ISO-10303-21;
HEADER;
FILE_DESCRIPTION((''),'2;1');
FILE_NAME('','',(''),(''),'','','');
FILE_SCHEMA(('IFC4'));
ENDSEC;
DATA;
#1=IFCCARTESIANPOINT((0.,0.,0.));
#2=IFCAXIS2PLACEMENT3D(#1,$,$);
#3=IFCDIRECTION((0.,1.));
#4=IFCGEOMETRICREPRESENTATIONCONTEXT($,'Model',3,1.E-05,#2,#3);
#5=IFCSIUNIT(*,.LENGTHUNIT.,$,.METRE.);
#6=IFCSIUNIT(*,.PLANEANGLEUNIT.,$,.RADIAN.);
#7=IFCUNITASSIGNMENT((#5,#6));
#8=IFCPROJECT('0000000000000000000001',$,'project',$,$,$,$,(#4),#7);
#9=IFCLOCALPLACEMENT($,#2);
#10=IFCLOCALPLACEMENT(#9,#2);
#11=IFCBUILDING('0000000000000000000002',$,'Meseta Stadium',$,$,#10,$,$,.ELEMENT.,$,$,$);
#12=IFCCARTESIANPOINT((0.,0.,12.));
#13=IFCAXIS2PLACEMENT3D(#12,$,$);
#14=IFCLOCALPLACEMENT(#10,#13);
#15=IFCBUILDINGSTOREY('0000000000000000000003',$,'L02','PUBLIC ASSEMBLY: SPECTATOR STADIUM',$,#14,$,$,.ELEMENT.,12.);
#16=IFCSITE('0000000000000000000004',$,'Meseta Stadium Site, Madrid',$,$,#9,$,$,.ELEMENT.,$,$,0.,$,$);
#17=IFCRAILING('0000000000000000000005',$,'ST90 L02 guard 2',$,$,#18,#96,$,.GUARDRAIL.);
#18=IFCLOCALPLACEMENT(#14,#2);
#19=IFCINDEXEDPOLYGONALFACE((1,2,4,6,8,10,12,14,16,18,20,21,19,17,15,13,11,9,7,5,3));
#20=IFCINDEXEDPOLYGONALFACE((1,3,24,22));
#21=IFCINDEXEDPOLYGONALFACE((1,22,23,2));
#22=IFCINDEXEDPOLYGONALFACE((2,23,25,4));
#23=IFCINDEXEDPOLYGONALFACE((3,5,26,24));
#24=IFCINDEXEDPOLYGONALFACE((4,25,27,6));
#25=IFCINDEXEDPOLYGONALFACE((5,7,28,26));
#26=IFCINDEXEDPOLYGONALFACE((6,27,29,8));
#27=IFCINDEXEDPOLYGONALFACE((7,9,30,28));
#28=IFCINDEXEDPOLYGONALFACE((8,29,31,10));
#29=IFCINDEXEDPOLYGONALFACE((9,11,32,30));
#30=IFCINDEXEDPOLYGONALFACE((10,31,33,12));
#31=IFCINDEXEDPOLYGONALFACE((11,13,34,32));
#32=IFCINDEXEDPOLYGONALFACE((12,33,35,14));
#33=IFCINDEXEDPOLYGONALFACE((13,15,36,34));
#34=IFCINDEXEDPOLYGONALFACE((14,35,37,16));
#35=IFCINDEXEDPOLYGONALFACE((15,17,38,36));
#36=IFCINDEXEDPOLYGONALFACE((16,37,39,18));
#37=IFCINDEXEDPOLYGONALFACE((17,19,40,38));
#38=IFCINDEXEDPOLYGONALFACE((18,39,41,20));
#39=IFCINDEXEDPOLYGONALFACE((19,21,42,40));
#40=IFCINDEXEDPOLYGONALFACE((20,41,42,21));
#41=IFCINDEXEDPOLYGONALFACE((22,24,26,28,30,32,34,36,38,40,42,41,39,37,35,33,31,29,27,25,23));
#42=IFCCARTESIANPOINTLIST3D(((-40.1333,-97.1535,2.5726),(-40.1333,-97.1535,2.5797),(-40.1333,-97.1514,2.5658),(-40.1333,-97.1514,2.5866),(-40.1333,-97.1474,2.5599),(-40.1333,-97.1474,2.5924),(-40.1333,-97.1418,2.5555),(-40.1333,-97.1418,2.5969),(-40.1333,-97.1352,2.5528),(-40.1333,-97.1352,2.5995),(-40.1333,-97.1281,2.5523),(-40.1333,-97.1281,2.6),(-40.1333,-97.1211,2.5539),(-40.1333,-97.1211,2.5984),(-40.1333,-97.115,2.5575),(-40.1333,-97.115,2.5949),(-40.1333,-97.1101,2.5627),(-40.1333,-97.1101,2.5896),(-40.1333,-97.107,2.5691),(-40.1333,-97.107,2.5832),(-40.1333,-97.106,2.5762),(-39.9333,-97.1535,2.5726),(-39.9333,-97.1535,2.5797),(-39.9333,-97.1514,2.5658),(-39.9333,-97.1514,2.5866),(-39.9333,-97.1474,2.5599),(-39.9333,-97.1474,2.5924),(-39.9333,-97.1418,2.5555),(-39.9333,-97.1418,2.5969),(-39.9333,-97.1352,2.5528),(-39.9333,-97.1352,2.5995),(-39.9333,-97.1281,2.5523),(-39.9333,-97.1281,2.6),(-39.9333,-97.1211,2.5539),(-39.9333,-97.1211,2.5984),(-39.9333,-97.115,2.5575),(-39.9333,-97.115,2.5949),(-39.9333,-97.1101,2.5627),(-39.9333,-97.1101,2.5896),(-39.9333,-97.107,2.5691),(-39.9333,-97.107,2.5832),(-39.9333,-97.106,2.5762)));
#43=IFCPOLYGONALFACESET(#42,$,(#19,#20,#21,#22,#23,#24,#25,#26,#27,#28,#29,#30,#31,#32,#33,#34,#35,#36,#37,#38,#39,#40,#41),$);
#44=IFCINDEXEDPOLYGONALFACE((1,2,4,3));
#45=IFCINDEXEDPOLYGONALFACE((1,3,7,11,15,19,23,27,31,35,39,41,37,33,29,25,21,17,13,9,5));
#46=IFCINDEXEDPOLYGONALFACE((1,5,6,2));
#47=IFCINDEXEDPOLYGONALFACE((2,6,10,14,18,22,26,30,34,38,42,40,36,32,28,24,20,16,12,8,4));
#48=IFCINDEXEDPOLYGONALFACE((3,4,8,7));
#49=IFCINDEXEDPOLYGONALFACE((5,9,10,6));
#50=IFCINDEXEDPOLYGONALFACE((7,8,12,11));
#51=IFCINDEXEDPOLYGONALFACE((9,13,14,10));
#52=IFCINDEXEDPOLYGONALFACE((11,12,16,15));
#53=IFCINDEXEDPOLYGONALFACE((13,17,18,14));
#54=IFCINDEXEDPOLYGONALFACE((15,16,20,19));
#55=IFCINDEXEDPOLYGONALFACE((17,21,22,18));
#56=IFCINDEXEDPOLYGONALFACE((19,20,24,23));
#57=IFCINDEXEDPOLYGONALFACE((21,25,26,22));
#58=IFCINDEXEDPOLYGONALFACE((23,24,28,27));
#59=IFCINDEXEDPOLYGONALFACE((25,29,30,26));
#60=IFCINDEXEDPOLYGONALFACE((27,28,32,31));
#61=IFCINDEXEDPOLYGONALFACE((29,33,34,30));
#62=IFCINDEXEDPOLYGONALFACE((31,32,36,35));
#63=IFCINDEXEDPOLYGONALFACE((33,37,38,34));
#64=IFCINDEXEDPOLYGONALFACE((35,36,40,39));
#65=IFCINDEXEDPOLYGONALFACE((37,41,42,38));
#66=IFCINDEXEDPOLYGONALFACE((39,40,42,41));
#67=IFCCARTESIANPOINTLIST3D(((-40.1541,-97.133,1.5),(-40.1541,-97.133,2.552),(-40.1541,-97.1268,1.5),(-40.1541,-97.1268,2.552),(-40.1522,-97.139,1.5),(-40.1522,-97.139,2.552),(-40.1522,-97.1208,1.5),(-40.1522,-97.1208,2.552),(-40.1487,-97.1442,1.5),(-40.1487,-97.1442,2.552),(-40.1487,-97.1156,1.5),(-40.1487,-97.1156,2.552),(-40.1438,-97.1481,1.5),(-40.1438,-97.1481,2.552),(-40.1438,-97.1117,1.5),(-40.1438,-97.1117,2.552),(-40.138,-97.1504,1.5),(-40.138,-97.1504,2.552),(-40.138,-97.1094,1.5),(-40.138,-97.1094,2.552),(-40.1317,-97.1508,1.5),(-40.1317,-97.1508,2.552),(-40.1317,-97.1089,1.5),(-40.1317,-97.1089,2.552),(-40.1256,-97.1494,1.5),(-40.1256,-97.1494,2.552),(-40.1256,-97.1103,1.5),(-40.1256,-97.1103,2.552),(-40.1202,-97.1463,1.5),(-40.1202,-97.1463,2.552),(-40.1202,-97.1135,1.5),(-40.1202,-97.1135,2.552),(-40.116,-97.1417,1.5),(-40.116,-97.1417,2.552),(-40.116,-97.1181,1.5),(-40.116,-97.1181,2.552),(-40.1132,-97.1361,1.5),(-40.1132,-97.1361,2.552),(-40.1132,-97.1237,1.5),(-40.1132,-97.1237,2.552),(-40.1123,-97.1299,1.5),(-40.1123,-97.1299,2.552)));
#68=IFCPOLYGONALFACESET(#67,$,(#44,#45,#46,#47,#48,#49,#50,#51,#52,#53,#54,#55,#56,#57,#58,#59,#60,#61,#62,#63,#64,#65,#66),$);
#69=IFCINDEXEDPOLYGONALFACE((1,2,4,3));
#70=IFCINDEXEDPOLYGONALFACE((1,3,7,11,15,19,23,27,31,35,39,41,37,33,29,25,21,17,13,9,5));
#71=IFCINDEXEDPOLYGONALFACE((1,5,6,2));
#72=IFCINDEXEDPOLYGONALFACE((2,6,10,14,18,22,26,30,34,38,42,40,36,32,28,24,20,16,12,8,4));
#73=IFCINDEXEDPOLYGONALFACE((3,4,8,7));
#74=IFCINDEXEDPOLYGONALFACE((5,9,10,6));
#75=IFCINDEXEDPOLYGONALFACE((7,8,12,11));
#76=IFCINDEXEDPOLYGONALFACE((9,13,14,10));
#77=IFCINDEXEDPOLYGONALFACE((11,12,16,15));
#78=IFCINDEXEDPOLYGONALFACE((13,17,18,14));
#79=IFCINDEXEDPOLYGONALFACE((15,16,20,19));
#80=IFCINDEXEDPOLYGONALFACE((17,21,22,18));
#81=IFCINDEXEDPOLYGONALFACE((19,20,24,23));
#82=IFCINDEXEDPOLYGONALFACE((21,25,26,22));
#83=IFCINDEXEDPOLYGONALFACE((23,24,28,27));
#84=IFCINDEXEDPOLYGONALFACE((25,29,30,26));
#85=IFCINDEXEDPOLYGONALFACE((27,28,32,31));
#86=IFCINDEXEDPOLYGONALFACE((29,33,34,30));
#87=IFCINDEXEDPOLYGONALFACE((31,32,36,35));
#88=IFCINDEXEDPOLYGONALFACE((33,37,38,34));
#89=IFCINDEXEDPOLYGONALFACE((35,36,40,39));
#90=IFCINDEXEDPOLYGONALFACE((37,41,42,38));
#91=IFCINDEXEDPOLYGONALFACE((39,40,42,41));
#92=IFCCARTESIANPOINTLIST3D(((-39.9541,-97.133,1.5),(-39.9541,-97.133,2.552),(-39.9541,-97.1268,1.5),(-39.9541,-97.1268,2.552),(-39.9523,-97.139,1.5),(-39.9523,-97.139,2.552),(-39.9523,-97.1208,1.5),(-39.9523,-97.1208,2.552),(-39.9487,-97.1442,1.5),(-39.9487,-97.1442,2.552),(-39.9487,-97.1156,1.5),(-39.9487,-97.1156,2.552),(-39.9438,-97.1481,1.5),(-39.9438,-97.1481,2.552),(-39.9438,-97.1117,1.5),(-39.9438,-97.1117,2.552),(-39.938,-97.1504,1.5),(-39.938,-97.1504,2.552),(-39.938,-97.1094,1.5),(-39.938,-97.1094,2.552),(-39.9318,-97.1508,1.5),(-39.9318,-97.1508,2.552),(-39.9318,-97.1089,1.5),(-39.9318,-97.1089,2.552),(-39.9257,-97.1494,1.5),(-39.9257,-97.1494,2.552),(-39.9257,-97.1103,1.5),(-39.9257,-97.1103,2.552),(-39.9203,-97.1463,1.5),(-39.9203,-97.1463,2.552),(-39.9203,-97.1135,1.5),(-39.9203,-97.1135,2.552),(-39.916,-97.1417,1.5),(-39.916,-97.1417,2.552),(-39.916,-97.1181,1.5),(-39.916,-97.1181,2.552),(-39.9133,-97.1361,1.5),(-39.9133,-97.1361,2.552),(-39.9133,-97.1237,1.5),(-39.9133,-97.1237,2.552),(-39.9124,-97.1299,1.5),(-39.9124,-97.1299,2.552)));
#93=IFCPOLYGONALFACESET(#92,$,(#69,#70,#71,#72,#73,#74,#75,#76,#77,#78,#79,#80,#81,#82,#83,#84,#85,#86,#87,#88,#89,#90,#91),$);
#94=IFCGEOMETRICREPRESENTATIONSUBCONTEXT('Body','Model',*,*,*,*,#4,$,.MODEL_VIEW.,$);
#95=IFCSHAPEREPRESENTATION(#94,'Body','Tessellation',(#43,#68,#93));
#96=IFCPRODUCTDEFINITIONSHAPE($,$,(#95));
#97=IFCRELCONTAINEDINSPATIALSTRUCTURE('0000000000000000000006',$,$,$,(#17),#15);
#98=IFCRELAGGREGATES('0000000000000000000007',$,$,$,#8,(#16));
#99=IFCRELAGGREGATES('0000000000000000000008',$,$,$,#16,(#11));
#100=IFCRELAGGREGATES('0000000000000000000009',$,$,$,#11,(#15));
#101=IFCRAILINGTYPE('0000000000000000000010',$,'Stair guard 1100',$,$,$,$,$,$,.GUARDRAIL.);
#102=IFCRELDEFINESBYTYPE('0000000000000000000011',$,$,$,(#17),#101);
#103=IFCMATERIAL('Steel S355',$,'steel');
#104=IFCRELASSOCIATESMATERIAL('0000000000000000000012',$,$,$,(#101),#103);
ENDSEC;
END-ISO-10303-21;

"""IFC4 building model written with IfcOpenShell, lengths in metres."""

from ifc_helpers import new_model, si_unit, direction, frame, origin, origin_2d, place, context, subcontext, project, spatial, circle, extrude, material, type_object, element, save


model = new_model("IFC4")

# Units and contexts
model_context = context("Model", 3, precision=1e-05, world=origin(), true_north=direction((0.0, 1.0)))
body_context = subcontext(model_context, "Body", "Model", "MODEL_VIEW")
ifc_project = project(units=[si_unit("LENGTHUNIT", "METRE"), si_unit("PLANEANGLEUNIT", "RADIAN")], contexts=[model_context])

# Site, building, storey
site_placement = place(None, origin())
site = spatial("IfcSite", under=ifc_project, at=site_placement, Name="Meseta Stadium Site, Madrid", CompositionType="ELEMENT", RefElevation=0.0)
building_placement = place(site_placement, origin())
building = spatial("IfcBuilding", under=site, at=building_placement, Name="Meseta Stadium", CompositionType="ELEMENT")
storey_placement = place(building_placement, frame((0.0, 0.0, 12.0)))
storey = spatial("IfcBuildingStorey", under=building, at=storey_placement, Name="L02", Description="PUBLIC ASSEMBLY: SPECTATOR STADIUM", CompositionType="ELEMENT", Elevation=12.0)

# Railing
ifc_material_1 = material(Name="Steel S355", Category="steel")
railing_type_1 = type_object("IfcRailingType", Name="Stair guard 1100", PredefinedType="GUARDRAIL", material=ifc_material_1)
railing_1_placement = place(storey_placement, frame((-40.1333, -97.1299, 1.5)))
element("IfcRailing", 1, at=railing_1_placement, inside=storey, type_object=railing_type_1, Name="ST90 L02 guard 2", PredefinedType="GUARDRAIL", context=body_context, shape_type="SweptSolid", body=[
    extrude(circle(Radius=0.0239, at=origin_2d()), frame((0.0, 0.0, 1.0762), z_axis=(1.0, 0.0, 0.0), x_axis=(0.0, 1.0, 0.0)), (0.0, 0.0, 1.0), 0.2),
    extrude(circle(Radius=0.021, at=origin_2d()), origin(), (0.0, 0.0, 1.0), 1.052),
    extrude(circle(Radius=0.021, at=origin_2d()), frame((0.2, 0.0, 0.0)), (0.0, 0.0, 1.0), 1.052),
])

save(model, "model.ifc")
